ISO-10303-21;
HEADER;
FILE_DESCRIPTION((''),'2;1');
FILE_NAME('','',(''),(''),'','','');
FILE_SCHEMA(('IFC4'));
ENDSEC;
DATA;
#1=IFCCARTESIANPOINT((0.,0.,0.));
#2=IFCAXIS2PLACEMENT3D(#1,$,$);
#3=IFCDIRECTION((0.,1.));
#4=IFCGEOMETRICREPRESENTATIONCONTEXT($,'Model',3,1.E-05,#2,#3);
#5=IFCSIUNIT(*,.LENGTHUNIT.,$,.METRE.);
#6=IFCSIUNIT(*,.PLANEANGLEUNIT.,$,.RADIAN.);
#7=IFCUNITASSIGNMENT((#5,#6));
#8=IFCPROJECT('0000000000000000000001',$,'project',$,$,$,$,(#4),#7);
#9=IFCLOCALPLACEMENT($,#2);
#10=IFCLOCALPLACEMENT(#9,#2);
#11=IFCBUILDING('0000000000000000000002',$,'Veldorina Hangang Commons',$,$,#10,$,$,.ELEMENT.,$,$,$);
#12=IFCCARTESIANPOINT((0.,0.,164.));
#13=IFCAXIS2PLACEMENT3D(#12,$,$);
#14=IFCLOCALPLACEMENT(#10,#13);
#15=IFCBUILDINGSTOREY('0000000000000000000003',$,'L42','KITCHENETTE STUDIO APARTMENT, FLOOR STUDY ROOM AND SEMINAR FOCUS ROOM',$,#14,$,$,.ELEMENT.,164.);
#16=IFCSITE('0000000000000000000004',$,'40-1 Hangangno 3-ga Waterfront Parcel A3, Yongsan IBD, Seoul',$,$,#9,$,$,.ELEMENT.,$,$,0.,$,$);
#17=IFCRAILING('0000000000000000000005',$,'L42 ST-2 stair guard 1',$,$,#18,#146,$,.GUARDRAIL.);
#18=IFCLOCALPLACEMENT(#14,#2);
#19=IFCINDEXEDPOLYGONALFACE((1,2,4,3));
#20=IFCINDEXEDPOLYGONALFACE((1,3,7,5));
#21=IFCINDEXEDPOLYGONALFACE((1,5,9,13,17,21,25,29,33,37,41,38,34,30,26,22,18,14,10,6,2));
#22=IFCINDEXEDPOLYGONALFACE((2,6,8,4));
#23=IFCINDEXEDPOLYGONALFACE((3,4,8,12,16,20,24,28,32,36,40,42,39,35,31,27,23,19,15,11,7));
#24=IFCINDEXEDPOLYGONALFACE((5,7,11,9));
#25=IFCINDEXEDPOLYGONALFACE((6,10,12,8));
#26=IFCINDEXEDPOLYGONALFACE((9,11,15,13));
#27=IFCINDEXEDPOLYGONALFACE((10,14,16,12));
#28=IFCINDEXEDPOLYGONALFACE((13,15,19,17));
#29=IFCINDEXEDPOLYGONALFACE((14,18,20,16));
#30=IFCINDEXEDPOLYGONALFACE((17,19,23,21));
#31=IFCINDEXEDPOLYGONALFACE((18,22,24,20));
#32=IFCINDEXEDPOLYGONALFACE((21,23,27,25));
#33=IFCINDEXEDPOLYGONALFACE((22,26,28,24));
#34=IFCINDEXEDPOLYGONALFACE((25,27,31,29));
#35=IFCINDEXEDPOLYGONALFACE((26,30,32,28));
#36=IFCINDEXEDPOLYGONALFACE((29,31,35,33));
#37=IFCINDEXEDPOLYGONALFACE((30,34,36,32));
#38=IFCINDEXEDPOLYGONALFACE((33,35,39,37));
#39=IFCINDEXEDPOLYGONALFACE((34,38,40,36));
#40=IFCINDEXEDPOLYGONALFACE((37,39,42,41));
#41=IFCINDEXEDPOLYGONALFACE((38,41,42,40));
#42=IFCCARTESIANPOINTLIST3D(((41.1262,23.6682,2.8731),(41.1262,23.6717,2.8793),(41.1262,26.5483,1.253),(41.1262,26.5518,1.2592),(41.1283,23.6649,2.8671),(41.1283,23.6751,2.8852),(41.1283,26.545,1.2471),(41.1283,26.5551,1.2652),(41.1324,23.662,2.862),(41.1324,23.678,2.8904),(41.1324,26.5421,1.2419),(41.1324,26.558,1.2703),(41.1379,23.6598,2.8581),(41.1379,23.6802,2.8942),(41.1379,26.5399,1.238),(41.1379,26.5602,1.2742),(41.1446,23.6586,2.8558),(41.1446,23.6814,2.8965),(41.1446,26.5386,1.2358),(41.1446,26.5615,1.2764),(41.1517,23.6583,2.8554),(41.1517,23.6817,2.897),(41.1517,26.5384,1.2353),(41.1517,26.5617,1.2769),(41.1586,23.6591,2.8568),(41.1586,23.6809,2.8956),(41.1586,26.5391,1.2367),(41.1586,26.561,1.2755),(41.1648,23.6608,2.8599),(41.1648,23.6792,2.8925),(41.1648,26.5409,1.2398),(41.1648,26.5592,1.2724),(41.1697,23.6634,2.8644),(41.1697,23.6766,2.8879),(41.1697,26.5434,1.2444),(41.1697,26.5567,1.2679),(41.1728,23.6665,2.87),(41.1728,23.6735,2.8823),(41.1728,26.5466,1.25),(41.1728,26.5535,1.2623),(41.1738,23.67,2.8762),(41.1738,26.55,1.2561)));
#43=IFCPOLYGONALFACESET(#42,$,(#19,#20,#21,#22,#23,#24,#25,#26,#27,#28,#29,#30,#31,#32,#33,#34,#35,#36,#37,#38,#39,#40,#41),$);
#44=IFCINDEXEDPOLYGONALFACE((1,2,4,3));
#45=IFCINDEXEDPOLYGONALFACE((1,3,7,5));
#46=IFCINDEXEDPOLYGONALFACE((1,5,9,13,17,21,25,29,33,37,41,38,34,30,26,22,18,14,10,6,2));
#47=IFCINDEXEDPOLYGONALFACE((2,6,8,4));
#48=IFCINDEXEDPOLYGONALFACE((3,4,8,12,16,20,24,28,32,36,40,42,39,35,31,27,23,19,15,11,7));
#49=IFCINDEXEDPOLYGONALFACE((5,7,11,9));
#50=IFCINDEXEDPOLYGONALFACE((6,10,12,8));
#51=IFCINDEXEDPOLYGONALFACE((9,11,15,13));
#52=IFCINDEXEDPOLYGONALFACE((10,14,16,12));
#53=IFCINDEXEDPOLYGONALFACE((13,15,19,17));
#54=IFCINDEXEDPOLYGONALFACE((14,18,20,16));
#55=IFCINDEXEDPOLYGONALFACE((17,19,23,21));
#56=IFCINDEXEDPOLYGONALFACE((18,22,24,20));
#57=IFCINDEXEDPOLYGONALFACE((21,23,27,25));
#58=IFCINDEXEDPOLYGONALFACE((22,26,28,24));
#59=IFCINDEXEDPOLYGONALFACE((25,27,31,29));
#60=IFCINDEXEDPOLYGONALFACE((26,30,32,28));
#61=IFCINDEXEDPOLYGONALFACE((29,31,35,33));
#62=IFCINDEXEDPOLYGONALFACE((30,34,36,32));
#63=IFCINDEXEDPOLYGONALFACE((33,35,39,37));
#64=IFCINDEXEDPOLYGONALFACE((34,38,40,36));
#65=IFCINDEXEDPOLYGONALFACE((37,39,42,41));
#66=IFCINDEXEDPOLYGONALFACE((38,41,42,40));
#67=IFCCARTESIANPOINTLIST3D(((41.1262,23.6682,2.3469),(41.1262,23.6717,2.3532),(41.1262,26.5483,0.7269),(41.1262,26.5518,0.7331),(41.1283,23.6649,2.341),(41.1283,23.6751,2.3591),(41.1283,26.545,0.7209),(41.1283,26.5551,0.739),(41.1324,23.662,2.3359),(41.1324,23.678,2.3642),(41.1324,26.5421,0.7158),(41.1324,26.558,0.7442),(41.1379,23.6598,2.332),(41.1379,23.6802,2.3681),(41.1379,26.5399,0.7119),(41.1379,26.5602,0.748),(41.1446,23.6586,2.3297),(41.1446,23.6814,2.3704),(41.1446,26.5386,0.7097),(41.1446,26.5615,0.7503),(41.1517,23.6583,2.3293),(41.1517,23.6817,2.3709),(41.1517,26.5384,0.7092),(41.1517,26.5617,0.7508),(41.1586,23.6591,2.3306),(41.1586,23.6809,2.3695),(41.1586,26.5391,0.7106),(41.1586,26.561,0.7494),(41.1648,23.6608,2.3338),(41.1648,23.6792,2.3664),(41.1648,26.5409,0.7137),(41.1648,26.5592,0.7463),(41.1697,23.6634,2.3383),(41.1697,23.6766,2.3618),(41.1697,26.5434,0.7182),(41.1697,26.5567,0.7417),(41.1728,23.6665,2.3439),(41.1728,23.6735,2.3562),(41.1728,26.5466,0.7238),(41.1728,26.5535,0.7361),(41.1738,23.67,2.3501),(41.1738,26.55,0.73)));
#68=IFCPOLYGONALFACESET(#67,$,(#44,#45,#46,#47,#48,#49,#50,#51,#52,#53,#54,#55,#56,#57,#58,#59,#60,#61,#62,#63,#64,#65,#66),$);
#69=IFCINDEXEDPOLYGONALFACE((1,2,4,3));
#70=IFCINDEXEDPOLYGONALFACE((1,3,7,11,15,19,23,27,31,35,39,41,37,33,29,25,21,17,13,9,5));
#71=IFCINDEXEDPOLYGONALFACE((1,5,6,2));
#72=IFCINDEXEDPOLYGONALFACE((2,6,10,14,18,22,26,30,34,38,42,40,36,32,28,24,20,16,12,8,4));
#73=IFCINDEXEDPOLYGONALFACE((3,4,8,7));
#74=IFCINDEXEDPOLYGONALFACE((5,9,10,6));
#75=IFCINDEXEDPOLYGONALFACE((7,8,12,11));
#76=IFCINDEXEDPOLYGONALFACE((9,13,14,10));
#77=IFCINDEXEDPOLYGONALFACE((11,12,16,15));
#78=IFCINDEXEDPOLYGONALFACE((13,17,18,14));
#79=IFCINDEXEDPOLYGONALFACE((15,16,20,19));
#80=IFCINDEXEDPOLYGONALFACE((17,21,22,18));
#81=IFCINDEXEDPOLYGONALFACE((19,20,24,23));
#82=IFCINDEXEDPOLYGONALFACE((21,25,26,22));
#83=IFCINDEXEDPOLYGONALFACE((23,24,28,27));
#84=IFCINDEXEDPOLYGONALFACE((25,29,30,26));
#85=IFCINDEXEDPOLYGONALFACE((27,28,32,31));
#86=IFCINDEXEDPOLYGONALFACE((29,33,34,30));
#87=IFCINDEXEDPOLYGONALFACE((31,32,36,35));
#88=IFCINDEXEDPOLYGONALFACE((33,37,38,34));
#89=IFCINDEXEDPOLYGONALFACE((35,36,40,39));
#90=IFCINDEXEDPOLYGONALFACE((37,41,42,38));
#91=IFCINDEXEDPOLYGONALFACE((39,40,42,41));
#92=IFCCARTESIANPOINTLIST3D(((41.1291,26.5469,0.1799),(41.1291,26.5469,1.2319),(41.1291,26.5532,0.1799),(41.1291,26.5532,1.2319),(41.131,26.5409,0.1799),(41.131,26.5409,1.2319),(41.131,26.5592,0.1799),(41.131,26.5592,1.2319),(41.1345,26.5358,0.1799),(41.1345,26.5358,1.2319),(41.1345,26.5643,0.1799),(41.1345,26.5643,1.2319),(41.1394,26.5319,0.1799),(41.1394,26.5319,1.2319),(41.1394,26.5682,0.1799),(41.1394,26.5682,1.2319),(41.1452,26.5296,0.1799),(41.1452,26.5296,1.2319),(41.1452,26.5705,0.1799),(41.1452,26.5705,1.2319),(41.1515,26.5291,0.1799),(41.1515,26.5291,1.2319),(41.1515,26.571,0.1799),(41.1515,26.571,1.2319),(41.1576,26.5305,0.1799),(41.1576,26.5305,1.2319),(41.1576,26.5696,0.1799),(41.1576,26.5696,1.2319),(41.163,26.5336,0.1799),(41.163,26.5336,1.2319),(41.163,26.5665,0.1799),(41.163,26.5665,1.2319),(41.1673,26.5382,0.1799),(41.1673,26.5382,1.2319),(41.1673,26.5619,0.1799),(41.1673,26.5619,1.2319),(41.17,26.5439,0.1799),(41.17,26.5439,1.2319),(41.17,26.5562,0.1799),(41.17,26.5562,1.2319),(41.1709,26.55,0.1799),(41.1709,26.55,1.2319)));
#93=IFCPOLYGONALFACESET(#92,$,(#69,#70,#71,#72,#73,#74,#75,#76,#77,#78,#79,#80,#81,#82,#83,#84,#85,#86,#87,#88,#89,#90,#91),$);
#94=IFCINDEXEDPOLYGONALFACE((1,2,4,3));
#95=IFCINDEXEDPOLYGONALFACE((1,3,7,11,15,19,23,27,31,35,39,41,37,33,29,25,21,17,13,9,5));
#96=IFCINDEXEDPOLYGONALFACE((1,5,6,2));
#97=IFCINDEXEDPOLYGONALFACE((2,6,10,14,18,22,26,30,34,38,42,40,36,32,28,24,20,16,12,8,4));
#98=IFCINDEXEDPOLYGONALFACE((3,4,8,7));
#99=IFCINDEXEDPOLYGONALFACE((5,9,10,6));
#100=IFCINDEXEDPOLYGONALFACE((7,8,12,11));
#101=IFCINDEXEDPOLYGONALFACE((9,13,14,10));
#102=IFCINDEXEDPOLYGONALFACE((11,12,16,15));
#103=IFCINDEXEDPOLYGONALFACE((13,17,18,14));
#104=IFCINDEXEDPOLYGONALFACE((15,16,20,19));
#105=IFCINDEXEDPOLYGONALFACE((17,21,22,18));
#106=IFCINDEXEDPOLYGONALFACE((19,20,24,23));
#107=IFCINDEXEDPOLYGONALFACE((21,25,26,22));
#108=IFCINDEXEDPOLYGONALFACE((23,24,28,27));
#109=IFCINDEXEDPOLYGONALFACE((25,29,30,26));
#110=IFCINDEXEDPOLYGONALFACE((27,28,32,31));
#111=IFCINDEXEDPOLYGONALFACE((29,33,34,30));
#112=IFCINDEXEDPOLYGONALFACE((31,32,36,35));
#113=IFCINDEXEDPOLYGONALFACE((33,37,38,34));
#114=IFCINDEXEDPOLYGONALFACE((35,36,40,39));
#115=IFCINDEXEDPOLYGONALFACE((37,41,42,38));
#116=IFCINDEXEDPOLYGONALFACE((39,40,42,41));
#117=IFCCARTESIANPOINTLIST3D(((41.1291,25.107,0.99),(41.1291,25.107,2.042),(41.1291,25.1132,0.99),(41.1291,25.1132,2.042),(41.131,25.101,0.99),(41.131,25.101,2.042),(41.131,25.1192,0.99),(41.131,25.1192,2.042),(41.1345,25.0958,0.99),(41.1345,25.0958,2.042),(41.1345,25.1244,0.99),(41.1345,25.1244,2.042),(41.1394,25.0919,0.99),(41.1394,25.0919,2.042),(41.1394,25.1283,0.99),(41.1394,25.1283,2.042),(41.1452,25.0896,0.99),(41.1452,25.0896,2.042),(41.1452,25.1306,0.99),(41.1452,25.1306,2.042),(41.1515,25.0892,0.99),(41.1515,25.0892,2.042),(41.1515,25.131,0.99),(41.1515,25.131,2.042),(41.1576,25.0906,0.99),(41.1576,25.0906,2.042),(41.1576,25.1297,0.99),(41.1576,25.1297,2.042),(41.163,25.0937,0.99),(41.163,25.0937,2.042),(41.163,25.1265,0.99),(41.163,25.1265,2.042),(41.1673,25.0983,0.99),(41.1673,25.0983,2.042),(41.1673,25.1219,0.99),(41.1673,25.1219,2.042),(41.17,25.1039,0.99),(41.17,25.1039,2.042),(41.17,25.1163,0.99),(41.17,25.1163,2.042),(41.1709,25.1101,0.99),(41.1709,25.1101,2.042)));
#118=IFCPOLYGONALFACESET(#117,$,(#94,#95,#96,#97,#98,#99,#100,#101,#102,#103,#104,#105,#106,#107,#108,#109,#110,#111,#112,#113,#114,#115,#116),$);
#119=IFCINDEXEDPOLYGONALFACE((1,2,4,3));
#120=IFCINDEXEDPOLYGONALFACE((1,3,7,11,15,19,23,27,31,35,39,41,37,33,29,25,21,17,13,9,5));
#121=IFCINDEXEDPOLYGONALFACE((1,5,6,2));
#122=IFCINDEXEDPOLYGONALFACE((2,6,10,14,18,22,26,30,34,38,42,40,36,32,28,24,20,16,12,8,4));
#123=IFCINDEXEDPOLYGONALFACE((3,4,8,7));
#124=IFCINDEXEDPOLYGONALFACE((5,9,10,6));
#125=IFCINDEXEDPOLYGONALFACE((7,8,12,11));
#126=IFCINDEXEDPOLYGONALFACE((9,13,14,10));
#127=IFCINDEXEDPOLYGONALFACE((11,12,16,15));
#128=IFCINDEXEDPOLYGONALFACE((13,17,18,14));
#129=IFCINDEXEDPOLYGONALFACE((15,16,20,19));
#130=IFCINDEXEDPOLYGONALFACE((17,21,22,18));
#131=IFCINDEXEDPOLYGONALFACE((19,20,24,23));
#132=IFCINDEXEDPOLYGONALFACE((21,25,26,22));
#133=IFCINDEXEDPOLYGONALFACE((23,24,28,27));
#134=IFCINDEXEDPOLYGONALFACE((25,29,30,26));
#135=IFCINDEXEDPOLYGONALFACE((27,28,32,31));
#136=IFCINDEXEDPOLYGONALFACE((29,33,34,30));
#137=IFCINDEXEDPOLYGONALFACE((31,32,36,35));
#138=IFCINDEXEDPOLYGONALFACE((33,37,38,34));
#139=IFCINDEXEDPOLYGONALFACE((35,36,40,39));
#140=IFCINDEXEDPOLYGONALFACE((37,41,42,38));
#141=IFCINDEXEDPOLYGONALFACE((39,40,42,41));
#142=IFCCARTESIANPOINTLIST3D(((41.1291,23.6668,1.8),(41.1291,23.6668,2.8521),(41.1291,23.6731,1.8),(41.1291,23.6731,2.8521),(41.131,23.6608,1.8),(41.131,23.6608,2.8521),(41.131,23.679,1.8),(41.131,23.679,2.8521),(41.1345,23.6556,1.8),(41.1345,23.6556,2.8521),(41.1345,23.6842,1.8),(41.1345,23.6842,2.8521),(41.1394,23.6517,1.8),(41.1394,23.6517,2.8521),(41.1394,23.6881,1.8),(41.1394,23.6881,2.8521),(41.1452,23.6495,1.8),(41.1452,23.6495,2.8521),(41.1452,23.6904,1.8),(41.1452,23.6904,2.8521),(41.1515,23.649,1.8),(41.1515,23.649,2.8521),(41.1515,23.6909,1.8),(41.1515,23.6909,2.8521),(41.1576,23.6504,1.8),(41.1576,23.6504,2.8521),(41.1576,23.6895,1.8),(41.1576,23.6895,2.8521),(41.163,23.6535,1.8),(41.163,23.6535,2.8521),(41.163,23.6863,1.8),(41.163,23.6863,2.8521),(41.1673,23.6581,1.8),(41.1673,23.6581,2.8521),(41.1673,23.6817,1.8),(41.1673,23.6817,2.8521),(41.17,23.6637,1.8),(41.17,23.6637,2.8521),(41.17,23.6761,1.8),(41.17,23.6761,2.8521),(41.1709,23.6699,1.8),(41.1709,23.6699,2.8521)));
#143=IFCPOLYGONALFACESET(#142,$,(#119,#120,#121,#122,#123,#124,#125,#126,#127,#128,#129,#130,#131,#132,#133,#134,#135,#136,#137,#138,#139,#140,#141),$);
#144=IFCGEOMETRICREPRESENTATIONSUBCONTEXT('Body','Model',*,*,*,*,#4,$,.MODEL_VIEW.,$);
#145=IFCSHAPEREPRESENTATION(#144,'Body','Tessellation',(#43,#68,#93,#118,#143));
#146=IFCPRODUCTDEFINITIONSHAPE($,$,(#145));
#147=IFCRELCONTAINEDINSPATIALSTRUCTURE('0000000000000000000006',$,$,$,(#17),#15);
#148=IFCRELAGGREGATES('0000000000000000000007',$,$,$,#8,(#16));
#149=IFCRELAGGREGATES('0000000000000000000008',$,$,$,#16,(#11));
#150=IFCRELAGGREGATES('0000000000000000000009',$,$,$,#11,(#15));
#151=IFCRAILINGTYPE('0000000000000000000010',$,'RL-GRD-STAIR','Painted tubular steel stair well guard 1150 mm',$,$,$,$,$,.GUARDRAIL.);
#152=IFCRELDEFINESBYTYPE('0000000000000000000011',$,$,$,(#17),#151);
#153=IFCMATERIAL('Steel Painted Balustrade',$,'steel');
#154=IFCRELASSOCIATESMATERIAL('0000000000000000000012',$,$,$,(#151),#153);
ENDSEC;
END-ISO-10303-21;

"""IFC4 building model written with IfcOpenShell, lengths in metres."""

from ifc_helpers import new_model, si_unit, direction, frame, origin, origin_2d, place, context, subcontext, project, spatial, circle, extrude, material, type_object, element, save


model = new_model("IFC4")

# Units and contexts
model_context = context("Model", 3, precision=1e-05, world=origin(), true_north=direction((0.0, 1.0)))
body_context = subcontext(model_context, "Body", "Model", "MODEL_VIEW")
ifc_project = project(units=[si_unit("LENGTHUNIT", "METRE"), si_unit("PLANEANGLEUNIT", "RADIAN")], contexts=[model_context])

# Site, building, storey
site_placement = place(None, origin())
site = spatial("IfcSite", under=ifc_project, at=site_placement, Name="40-1 Hangangno 3-ga Waterfront Parcel A3, Yongsan IBD, Seoul", CompositionType="ELEMENT", RefElevation=0.0)
building_placement = place(site_placement, origin())
building = spatial("IfcBuilding", under=site, at=building_placement, Name="Veldorina Hangang Commons", CompositionType="ELEMENT")
storey_placement = place(building_placement, frame((0.0, 0.0, 164.0)))
storey = spatial("IfcBuildingStorey", under=building, at=storey_placement, Name="L42", Description="KITCHENETTE STUDIO APARTMENT, FLOOR STUDY ROOM AND SEMINAR FOCUS ROOM", CompositionType="ELEMENT", Elevation=164.0)

# Railing
ifc_material_1 = material(Name="Steel Painted Balustrade", Category="steel")
railing_type_1 = type_object("IfcRailingType", Name="RL-GRD-STAIR", Description="Painted tubular steel stair well guard 1150 mm", PredefinedType="GUARDRAIL", material=ifc_material_1)
railing_1_placement = place(storey_placement, frame((41.1499, 26.55, 0.1799)))
element("IfcRailing", 1, at=railing_1_placement, inside=storey, type_object=railing_type_1, Name="L42 ST-2 stair guard 1", PredefinedType="GUARDRAIL", context=body_context, shape_type="SweptSolid", body=[
    extrude(circle(Radius=0.0239, at=origin_2d()), frame((0.0, 0.0, 1.0762), z_axis=(0.0, -0.87157, 0.490272), x_axis=(1.0, 0.0, 0.0)), (0.0, 0.0, 1.0), 3.3044),
    extrude(circle(Radius=0.0239, at=origin_2d()), frame((0.0, 0.0, 0.55), z_axis=(0.0, -0.87157, 0.490272), x_axis=(1.0, 0.0, 0.0)), (0.0, 0.0, 1.0), 3.3044),
    extrude(circle(Radius=0.021, at=origin_2d()), origin(), (0.0, 0.0, 1.0), 1.052),
    extrude(circle(Radius=0.021, at=origin_2d()), frame((0.0, -1.4399, 0.8101)), (0.0, 0.0, 1.0), 1.052),
    extrude(circle(Radius=0.021, at=origin_2d()), frame((0.0, -2.8801, 1.6201)), (0.0, 0.0, 1.0), 1.052),
])

save(model, "model.ifc")
